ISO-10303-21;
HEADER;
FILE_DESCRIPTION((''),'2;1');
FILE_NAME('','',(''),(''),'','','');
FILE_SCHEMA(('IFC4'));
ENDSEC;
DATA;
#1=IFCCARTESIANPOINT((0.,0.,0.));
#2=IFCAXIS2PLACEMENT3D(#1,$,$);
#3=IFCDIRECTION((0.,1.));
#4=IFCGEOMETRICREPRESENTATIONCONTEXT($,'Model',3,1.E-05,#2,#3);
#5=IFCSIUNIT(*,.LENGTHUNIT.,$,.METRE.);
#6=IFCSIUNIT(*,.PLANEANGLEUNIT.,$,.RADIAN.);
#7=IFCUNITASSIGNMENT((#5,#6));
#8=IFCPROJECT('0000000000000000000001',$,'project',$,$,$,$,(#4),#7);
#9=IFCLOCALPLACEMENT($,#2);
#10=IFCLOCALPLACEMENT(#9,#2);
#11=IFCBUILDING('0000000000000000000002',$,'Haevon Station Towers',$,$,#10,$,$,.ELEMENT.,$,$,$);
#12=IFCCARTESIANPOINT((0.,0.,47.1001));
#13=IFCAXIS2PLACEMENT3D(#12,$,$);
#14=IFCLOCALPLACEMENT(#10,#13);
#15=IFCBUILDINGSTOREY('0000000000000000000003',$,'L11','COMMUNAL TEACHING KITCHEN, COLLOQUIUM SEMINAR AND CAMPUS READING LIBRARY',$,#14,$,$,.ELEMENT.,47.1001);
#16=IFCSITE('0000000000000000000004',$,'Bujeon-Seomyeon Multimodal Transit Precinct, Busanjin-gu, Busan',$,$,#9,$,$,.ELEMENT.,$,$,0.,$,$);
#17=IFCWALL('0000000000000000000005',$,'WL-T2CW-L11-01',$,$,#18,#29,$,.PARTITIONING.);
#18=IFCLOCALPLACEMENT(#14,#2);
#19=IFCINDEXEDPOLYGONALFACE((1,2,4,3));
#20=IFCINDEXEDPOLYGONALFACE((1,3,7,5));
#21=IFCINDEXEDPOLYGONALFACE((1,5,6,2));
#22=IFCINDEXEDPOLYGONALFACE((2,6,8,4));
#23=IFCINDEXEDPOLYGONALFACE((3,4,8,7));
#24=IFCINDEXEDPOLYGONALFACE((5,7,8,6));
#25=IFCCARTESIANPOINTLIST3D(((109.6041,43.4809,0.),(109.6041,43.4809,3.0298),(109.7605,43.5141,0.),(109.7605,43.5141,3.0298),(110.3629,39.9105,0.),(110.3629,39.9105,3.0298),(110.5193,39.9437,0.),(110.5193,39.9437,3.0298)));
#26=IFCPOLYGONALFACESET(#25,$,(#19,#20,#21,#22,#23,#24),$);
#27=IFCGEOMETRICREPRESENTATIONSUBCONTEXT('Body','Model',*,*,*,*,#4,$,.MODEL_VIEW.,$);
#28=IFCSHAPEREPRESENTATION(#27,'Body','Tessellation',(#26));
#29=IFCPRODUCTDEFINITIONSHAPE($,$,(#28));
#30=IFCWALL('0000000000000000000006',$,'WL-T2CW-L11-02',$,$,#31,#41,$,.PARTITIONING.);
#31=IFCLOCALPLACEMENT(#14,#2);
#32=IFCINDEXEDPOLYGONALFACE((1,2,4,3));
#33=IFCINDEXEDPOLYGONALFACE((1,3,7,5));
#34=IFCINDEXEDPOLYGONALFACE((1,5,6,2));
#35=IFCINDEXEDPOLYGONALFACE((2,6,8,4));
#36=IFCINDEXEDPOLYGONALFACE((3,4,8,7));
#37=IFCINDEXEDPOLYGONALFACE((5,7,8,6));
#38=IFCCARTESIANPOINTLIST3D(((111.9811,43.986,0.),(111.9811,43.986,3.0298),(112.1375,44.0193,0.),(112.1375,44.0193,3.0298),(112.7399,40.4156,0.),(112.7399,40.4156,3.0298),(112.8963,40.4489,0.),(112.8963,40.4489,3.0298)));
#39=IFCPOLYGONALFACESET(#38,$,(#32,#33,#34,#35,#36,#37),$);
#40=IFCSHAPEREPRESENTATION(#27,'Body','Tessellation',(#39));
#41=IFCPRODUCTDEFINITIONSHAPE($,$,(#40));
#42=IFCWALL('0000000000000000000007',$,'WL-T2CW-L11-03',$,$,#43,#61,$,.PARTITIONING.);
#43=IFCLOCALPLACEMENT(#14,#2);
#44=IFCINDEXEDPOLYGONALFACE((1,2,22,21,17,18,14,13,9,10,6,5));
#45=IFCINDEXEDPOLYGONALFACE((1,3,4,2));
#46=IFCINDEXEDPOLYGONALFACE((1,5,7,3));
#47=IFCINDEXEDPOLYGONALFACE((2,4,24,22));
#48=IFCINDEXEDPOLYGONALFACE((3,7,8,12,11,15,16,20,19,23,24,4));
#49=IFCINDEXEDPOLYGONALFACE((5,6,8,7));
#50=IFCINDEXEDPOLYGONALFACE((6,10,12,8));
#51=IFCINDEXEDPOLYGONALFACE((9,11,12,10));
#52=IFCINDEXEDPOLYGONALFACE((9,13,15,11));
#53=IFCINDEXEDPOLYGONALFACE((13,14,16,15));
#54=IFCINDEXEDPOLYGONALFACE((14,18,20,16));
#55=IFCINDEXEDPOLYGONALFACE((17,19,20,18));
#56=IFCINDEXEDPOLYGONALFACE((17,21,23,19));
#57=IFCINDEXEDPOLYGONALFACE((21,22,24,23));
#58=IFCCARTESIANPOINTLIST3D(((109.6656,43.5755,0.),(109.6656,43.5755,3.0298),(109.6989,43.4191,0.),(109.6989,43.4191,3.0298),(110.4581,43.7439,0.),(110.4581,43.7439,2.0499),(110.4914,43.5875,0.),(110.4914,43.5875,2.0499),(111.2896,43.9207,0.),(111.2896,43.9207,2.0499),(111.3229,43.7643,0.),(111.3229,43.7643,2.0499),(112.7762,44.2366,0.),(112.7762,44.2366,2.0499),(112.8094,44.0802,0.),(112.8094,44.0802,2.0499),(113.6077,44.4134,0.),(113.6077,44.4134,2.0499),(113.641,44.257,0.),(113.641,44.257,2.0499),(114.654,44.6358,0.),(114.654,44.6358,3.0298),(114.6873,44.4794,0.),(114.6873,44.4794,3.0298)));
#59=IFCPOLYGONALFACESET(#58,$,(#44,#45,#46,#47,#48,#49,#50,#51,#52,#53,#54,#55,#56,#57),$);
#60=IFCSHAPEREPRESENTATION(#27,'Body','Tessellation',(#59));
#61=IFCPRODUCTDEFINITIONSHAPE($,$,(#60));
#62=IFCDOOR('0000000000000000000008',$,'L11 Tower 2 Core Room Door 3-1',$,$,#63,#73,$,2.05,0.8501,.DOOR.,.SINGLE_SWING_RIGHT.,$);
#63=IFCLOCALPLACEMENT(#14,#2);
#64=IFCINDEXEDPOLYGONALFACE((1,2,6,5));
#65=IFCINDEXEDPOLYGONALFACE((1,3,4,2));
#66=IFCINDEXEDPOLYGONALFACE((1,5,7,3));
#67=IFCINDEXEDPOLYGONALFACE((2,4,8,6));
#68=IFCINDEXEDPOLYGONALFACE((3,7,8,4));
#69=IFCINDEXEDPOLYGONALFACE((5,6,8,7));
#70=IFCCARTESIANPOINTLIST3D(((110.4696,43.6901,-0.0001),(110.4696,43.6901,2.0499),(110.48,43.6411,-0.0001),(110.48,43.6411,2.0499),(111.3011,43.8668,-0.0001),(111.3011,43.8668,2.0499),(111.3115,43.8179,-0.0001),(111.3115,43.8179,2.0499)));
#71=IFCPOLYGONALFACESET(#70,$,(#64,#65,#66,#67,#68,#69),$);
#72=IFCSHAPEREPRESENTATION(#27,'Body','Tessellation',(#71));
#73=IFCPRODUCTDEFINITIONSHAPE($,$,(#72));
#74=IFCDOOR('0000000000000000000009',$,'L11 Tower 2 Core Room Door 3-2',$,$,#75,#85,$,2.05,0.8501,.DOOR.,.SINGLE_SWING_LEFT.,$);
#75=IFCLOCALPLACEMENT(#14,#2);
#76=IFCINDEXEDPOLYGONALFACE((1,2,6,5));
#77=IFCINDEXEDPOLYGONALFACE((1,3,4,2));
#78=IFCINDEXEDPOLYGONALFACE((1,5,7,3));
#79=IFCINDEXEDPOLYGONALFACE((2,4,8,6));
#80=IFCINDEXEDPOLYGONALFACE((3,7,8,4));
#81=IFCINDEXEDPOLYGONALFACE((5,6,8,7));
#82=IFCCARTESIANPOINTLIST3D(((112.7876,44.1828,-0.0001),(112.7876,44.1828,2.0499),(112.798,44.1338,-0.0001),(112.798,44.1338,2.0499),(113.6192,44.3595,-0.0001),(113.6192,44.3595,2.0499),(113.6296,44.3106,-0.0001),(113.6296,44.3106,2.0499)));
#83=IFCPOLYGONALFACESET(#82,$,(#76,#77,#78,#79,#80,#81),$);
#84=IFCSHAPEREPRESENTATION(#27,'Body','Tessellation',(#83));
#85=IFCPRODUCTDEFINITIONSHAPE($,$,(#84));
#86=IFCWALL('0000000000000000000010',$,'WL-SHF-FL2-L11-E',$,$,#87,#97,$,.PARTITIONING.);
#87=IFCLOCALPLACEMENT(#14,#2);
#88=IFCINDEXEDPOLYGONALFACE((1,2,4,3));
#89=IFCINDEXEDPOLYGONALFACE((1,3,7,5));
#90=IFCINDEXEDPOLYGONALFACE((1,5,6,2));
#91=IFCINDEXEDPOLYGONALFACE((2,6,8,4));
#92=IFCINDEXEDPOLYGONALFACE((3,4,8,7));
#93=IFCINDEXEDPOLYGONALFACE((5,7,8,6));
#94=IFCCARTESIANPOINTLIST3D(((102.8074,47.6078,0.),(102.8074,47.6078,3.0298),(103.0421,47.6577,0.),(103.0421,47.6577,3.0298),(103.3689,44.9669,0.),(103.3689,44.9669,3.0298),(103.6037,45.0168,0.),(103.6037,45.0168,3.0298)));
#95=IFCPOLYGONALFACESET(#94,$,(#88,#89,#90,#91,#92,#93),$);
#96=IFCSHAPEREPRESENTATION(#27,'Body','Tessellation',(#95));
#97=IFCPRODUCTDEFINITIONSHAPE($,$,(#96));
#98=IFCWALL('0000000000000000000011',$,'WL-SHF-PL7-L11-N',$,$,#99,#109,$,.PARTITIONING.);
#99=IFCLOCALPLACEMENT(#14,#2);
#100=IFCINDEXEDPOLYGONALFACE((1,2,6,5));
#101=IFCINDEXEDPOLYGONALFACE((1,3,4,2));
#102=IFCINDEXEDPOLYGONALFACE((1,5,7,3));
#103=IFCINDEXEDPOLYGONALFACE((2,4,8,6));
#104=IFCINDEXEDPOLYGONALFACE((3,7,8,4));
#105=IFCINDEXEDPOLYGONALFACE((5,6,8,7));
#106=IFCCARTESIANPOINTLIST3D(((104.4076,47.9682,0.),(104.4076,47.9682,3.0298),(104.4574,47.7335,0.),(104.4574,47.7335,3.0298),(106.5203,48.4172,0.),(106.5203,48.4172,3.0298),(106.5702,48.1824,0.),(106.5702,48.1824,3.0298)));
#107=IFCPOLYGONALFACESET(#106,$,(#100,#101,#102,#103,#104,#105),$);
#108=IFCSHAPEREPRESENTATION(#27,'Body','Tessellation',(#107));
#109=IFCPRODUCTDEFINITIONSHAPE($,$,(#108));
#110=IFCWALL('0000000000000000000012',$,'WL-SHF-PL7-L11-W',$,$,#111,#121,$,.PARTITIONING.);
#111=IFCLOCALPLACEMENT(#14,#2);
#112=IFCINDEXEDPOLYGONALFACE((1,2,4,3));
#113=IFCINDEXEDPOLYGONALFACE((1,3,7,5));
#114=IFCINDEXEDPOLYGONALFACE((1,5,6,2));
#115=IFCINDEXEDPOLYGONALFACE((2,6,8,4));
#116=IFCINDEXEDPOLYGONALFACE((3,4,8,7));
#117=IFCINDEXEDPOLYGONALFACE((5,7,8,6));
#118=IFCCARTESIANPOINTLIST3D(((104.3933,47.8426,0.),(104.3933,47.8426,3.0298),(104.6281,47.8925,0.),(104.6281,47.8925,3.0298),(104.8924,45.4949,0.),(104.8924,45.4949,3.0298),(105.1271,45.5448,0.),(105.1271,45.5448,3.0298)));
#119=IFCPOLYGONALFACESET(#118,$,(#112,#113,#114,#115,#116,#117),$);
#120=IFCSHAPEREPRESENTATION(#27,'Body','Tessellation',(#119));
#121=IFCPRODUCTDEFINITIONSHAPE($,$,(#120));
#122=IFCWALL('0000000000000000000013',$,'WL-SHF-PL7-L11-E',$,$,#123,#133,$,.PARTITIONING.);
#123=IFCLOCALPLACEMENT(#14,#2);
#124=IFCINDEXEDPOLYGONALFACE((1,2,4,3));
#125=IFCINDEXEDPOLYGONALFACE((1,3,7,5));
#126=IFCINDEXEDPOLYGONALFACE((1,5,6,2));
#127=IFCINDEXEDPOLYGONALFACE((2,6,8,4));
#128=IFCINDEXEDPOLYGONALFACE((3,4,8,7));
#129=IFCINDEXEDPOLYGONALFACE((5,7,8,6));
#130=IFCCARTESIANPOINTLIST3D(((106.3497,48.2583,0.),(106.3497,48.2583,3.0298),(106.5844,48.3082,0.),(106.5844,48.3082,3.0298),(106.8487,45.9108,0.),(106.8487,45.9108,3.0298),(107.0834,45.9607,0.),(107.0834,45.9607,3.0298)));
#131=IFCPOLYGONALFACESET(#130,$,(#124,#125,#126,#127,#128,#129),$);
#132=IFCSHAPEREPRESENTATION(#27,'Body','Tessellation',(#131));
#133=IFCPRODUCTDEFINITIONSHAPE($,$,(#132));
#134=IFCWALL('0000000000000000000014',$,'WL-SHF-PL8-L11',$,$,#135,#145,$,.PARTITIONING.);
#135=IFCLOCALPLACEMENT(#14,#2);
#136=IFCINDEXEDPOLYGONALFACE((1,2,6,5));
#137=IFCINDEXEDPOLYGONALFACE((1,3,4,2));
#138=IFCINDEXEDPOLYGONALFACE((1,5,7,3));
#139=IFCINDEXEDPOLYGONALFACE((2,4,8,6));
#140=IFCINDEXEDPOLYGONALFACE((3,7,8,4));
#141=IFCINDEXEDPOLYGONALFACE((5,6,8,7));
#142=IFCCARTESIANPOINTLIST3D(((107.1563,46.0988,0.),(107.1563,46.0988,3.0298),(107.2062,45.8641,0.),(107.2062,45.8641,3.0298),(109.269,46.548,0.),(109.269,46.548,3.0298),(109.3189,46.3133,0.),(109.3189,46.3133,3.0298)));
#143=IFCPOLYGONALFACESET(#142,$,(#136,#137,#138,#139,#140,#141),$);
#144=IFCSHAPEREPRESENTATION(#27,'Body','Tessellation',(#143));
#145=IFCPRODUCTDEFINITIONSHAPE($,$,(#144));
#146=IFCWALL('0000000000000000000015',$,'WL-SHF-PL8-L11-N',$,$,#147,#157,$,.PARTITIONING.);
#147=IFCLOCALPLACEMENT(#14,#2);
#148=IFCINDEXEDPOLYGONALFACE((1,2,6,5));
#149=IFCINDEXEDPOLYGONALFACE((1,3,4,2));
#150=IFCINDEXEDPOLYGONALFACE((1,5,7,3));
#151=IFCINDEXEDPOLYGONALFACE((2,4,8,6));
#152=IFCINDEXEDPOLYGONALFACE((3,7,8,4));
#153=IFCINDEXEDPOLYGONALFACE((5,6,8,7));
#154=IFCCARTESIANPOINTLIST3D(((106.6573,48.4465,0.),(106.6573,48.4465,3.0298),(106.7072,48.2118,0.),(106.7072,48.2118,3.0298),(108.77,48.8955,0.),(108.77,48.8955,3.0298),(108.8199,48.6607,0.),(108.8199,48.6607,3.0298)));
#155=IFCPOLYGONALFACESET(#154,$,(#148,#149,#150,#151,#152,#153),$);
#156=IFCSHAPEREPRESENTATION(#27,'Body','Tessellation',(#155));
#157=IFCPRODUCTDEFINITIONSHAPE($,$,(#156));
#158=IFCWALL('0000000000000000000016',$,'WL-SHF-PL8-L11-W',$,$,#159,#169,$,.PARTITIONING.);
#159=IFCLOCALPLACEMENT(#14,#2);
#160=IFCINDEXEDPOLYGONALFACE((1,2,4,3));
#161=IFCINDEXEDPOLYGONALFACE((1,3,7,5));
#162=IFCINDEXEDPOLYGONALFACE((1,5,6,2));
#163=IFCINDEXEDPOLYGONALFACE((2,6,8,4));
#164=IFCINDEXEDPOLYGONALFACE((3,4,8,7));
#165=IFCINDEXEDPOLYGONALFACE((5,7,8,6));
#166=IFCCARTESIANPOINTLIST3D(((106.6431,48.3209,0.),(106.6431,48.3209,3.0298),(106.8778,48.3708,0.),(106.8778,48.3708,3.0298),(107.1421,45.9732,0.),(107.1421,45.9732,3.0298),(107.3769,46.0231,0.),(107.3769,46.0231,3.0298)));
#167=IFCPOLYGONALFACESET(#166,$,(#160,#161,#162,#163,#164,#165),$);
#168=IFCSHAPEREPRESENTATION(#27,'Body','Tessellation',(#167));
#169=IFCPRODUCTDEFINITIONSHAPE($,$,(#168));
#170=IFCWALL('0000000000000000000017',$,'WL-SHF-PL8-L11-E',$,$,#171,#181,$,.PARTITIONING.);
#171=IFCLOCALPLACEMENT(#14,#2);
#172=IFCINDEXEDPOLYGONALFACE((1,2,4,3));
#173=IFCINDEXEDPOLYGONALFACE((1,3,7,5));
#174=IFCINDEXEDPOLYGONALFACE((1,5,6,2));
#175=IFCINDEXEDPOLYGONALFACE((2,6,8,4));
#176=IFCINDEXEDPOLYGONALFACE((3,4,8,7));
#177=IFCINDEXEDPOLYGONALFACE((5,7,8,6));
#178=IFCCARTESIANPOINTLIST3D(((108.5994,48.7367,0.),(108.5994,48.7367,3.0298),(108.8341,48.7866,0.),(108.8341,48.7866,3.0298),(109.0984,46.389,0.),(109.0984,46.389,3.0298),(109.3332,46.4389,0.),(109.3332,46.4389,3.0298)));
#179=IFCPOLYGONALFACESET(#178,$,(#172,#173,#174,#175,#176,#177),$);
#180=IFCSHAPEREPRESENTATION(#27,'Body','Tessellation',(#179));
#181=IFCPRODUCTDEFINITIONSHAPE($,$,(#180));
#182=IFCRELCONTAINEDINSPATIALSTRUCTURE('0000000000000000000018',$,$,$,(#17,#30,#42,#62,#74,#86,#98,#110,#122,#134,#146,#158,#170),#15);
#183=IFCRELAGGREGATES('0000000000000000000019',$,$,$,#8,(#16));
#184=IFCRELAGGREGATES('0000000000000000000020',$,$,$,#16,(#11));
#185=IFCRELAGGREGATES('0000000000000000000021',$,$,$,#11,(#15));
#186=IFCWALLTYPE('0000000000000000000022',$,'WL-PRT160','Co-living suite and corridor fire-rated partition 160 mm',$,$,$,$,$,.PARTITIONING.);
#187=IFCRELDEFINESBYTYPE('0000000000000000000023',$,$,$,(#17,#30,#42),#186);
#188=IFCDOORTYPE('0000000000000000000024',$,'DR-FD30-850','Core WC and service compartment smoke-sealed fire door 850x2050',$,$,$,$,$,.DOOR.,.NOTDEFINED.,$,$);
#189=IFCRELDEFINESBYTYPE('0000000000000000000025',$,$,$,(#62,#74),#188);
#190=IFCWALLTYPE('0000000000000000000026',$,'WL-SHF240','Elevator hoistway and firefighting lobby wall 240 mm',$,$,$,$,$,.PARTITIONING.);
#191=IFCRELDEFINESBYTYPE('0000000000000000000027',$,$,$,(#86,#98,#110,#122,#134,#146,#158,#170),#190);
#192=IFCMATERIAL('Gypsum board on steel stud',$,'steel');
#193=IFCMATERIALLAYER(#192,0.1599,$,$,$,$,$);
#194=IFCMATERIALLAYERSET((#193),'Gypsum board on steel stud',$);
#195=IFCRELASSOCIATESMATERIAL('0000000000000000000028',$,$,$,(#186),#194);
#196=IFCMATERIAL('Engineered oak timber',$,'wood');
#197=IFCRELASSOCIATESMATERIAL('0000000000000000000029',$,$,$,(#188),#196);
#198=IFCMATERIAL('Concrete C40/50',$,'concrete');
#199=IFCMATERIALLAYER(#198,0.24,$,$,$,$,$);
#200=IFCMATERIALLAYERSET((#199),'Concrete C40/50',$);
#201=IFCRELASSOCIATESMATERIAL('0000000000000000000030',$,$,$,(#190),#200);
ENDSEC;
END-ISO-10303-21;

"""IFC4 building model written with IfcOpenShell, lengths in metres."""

from ifc_helpers import new_model, si_unit, direction, frame, frame_2d, origin, place, context, subcontext, project, spatial, rectangle, extrude, material, layer, layer_set, type_object, element, fill, save


model = new_model("IFC4")

# Units and contexts
model_context = context("Model", 3, precision=1e-05, world=origin(), true_north=direction((0.0, 1.0)))
body_context = subcontext(model_context, "Body", "Model", "MODEL_VIEW")
ifc_project = project(units=[si_unit("LENGTHUNIT", "METRE"), si_unit("PLANEANGLEUNIT", "RADIAN")], contexts=[model_context])

# Site, building, storey
site_placement = place(None, origin())
site = spatial("IfcSite", under=ifc_project, at=site_placement, Name="Bujeon-Seomyeon Multimodal Transit Precinct, Busanjin-gu, Busan", CompositionType="ELEMENT", RefElevation=0.0)
building_placement = place(site_placement, origin())
building = spatial("IfcBuilding", under=site, at=building_placement, Name="Haevon Station Towers", CompositionType="ELEMENT")
storey_placement = place(building_placement, frame((0.0, 0.0, 47.1001)))
storey = spatial("IfcBuildingStorey", under=building, at=storey_placement, Name="L11", Description="COMMUNAL TEACHING KITCHEN, COLLOQUIUM SEMINAR AND CAMPUS READING LIBRARY", CompositionType="ELEMENT", Elevation=47.1001)

# Shared definitions
ifc_material_1 = material(Name="Gypsum board on steel stud", Category="steel")
ifc_material_2 = material(Name="Engineered oak timber", Category="wood")

# Walls
ifc_layer_1 = layer(ifc_material_1, 0.1599)
ifc_layer_set_1 = layer_set([ifc_layer_1], Name="Gypsum board on steel stud")
wall_type_1 = type_object("IfcWallType", Name="WL-PRT160", Description="Co-living suite and corridor fire-rated partition 160 mm", PredefinedType="PARTITIONING", material=ifc_layer_set_1)
for number, where, z_axis, x_axis, name in (
    (1, (110.4412, 39.927, 0.0), (0.0, 0.0, 1.0), (-0.207884, 0.978153, 0.0), "WL-T2CW-L11-01"),
    (2, (112.8181, 40.4321, 0.0), (0.0, 0.0, 1.0), (-0.207884, 0.978153, 0.0), "WL-T2CW-L11-02"),
):
    element("IfcWall", number, at=place(storey_placement, frame(where, z_axis=z_axis, x_axis=x_axis)), inside=storey, type_object=wall_type_1, Name=name, PredefinedType="PARTITIONING", context=body_context, shape_type="SweptSolid", body=[
        extrude(rectangle(XDim=3.6501, YDim=0.1599, at=frame_2d((1.8252, 0.0))), origin(), (0.0, 0.0, 1.0), 3.0298),
    ])

# Wall, openings, doors
wall_1_placement = place(storey_placement, frame((109.6824, 43.4973, 0.0), z_axis=(0.0, 0.0, 1.0), x_axis=(0.978149, 0.207904, 0.0)))
wall_1 = element("IfcWall", 3, at=wall_1_placement, inside=storey, type_object=wall_type_1, Name="WL-T2CW-L11-03", PredefinedType="PARTITIONING", context=body_context, shape_type="SweptSolid", body=[
    extrude(rectangle(XDim=5.0999, YDim=0.1599, at=frame_2d((2.5498, 0.0))), origin(), (0.0, 0.0, 1.0), 3.0298),
])
opening_1_placement = place(wall_1_placement, frame((0.8101, 0.0, 0.0)))
opening_1 = element("IfcOpeningElement", 4, at=opening_1_placement, cuts=wall_1, PredefinedType="OPENING", context=body_context, shape_type="SweptSolid", body=[
    extrude(rectangle(XDim=0.8501, YDim=2.05, at=frame_2d((0.425, 1.0249))), frame((0.0, 0.0898, 0.0), z_axis=(0.0, -1.0, 0.0), x_axis=(1.0, 0.0, 0.0)), (0.0, 0.0, 1.0), 0.1799),
])
opening_2_placement = place(wall_1_placement, frame((3.1799, 0.0, 0.0)))
opening_2 = element("IfcOpeningElement", 5, at=opening_2_placement, cuts=wall_1, PredefinedType="OPENING", context=body_context, shape_type="SweptSolid", body=[
    extrude(rectangle(XDim=0.8501, YDim=2.05, at=frame_2d((0.425, 1.0249))), frame((0.0, 0.0898, 0.0), z_axis=(0.0, -1.0, 0.0), x_axis=(1.0, 0.0, 0.0)), (0.0, 0.0, 1.0), 0.1799),
])
door_type_1 = type_object("IfcDoorType", Name="DR-FD30-850", Description="Core WC and service compartment smoke-sealed fire door 850x2050", OperationType="NOTDEFINED", PredefinedType="DOOR", material=ifc_material_2)
door_1_placement = place(opening_1_placement, origin())
door_1 = element("IfcDoor", 6, at=door_1_placement, inside=storey, type_object=door_type_1, Name="L11 Tower 2 Core Room Door 3-1", OperationType="SINGLE_SWING_RIGHT", OverallHeight=2.05, OverallWidth=0.8501, PredefinedType="DOOR", context=body_context, shape_type="SweptSolid", body=[
    extrude(rectangle(XDim=0.8501, YDim=2.05, at=frame_2d((0.425, 1.0249))), frame((0.0, 0.0249, 0.0), z_axis=(0.0, -1.0, 0.0), x_axis=(1.0, 0.0, 0.0)), (0.0, 0.0, 1.0), 0.05),
])
fill(opening_1, door_1)
door_2_placement = place(opening_2_placement, origin())
door_2 = element("IfcDoor", 7, at=door_2_placement, inside=storey, type_object=door_type_1, Name="L11 Tower 2 Core Room Door 3-2", OperationType="SINGLE_SWING_LEFT", OverallHeight=2.05, OverallWidth=0.8501, PredefinedType="DOOR", context=body_context, shape_type="SweptSolid", body=[
    extrude(rectangle(XDim=0.8501, YDim=2.05, at=frame_2d((0.425, 1.0249))), frame((0.0, 0.0249, 0.0), z_axis=(0.0, -1.0, 0.0), x_axis=(1.0, 0.0, 0.0)), (0.0, 0.0, 1.0), 0.05),
])
fill(opening_2, door_2)

# Wall
ifc_material_3 = material(Name="Concrete C40/50", Category="concrete")
ifc_layer_2 = layer(ifc_material_3, 0.24)
ifc_layer_set_2 = layer_set([ifc_layer_2], Name="Concrete C40/50")
wall_type_2 = type_object("IfcWallType", Name="WL-SHF240", Description="Elevator hoistway and firefighting lobby wall 240 mm", PredefinedType="PARTITIONING", material=ifc_layer_set_2)
wall_2_placement = place(storey_placement, frame((103.4863, 44.9917, 0.0), z_axis=(0.0, 0.0, 1.0), x_axis=(-0.207979, 0.978133, 0.0)))
element("IfcWall", 8, at=wall_2_placement, inside=storey, type_object=wall_type_2, Name="WL-SHF-FL2-L11-E", PredefinedType="PARTITIONING", context=body_context, shape_type="SweptSolid", body=[
    extrude(rectangle(XDim=2.7, YDim=0.24, at=frame_2d((1.3501, 0.0))), origin(), (0.0, 0.0, 1.0), 3.0298),
])

# Walls
wall_3_placement = place(storey_placement, frame((104.4324, 47.8508, 0.0), z_axis=(0.0, 0.0, 1.0), x_axis=(0.978158, 0.207861, 0.0)))
element("IfcWall", 9, at=wall_3_placement, inside=storey, type_object=wall_type_2, Name="WL-SHF-PL7-L11-N", PredefinedType="PARTITIONING", context=body_context, shape_type="SweptSolid", body=[
    extrude(rectangle(XDim=2.1599, YDim=0.24, at=frame_2d((1.0801, 0.0))), origin(), (0.0, 0.0, 1.0), 3.0298),
])
wall_4_placement = place(storey_placement, frame((105.0098, 45.5198, 0.0), z_axis=(0.0, 0.0, 1.0), x_axis=(-0.207917, 0.978146, 0.0)))
element("IfcWall", 10, at=wall_4_placement, inside=storey, type_object=wall_type_2, Name="WL-SHF-PL7-L11-W", PredefinedType="PARTITIONING", context=body_context, shape_type="SweptSolid", body=[
    extrude(rectangle(XDim=2.4001, YDim=0.24, at=frame_2d((1.2002, 0.0))), origin(), (0.0, 0.0, 1.0), 3.0298),
])
wall_5_placement = place(storey_placement, frame((106.9661, 45.9358, 0.0), z_axis=(0.0, 0.0, 1.0), x_axis=(-0.207938, 0.978142, 0.0)))
element("IfcWall", 11, at=wall_5_placement, inside=storey, type_object=wall_type_2, Name="WL-SHF-PL7-L11-E", PredefinedType="PARTITIONING", context=body_context, shape_type="SweptSolid", body=[
    extrude(rectangle(XDim=2.3999, YDim=0.24, at=frame_2d((1.2, 0.0))), origin(), (0.0, 0.0, 1.0), 3.0298),
])
for number, where, z_axis, x_axis, name in (
    (12, (107.1812, 45.9814, 0.0), (0.0, 0.0, 1.0), (0.978135, 0.20797, 0.0), "WL-SHF-PL8-L11"),
    (13, (106.6821, 48.3291, 0.0), (0.0, 0.0, 1.0), (0.978158, 0.207861, 0.0), "WL-SHF-PL8-L11-N"),
):
    element("IfcWall", number, at=place(storey_placement, frame(where, z_axis=z_axis, x_axis=x_axis)), inside=storey, type_object=wall_type_2, Name=name, PredefinedType="PARTITIONING", context=body_context, shape_type="SweptSolid", body=[
        extrude(rectangle(XDim=2.1599, YDim=0.24, at=frame_2d((1.0801, 0.0))), origin(), (0.0, 0.0, 1.0), 3.0298),
    ])
for number, where, z_axis, x_axis, name in (
    (14, (107.2595, 45.998, 0.0), (0.0, 0.0, 1.0), (-0.207917, 0.978146, 0.0), "WL-SHF-PL8-L11-W"),
    (15, (109.2158, 46.4138, 0.0), (0.0, 0.0, 1.0), (-0.207917, 0.978146, 0.0), "WL-SHF-PL8-L11-E"),
):
    element("IfcWall", number, at=place(storey_placement, frame(where, z_axis=z_axis, x_axis=x_axis)), inside=storey, type_object=wall_type_2, Name=name, PredefinedType="PARTITIONING", context=body_context, shape_type="SweptSolid", body=[
        extrude(rectangle(XDim=2.4001, YDim=0.24, at=frame_2d((1.2002, 0.0))), origin(), (0.0, 0.0, 1.0), 3.0298),
    ])

save(model, "model.ifc")
